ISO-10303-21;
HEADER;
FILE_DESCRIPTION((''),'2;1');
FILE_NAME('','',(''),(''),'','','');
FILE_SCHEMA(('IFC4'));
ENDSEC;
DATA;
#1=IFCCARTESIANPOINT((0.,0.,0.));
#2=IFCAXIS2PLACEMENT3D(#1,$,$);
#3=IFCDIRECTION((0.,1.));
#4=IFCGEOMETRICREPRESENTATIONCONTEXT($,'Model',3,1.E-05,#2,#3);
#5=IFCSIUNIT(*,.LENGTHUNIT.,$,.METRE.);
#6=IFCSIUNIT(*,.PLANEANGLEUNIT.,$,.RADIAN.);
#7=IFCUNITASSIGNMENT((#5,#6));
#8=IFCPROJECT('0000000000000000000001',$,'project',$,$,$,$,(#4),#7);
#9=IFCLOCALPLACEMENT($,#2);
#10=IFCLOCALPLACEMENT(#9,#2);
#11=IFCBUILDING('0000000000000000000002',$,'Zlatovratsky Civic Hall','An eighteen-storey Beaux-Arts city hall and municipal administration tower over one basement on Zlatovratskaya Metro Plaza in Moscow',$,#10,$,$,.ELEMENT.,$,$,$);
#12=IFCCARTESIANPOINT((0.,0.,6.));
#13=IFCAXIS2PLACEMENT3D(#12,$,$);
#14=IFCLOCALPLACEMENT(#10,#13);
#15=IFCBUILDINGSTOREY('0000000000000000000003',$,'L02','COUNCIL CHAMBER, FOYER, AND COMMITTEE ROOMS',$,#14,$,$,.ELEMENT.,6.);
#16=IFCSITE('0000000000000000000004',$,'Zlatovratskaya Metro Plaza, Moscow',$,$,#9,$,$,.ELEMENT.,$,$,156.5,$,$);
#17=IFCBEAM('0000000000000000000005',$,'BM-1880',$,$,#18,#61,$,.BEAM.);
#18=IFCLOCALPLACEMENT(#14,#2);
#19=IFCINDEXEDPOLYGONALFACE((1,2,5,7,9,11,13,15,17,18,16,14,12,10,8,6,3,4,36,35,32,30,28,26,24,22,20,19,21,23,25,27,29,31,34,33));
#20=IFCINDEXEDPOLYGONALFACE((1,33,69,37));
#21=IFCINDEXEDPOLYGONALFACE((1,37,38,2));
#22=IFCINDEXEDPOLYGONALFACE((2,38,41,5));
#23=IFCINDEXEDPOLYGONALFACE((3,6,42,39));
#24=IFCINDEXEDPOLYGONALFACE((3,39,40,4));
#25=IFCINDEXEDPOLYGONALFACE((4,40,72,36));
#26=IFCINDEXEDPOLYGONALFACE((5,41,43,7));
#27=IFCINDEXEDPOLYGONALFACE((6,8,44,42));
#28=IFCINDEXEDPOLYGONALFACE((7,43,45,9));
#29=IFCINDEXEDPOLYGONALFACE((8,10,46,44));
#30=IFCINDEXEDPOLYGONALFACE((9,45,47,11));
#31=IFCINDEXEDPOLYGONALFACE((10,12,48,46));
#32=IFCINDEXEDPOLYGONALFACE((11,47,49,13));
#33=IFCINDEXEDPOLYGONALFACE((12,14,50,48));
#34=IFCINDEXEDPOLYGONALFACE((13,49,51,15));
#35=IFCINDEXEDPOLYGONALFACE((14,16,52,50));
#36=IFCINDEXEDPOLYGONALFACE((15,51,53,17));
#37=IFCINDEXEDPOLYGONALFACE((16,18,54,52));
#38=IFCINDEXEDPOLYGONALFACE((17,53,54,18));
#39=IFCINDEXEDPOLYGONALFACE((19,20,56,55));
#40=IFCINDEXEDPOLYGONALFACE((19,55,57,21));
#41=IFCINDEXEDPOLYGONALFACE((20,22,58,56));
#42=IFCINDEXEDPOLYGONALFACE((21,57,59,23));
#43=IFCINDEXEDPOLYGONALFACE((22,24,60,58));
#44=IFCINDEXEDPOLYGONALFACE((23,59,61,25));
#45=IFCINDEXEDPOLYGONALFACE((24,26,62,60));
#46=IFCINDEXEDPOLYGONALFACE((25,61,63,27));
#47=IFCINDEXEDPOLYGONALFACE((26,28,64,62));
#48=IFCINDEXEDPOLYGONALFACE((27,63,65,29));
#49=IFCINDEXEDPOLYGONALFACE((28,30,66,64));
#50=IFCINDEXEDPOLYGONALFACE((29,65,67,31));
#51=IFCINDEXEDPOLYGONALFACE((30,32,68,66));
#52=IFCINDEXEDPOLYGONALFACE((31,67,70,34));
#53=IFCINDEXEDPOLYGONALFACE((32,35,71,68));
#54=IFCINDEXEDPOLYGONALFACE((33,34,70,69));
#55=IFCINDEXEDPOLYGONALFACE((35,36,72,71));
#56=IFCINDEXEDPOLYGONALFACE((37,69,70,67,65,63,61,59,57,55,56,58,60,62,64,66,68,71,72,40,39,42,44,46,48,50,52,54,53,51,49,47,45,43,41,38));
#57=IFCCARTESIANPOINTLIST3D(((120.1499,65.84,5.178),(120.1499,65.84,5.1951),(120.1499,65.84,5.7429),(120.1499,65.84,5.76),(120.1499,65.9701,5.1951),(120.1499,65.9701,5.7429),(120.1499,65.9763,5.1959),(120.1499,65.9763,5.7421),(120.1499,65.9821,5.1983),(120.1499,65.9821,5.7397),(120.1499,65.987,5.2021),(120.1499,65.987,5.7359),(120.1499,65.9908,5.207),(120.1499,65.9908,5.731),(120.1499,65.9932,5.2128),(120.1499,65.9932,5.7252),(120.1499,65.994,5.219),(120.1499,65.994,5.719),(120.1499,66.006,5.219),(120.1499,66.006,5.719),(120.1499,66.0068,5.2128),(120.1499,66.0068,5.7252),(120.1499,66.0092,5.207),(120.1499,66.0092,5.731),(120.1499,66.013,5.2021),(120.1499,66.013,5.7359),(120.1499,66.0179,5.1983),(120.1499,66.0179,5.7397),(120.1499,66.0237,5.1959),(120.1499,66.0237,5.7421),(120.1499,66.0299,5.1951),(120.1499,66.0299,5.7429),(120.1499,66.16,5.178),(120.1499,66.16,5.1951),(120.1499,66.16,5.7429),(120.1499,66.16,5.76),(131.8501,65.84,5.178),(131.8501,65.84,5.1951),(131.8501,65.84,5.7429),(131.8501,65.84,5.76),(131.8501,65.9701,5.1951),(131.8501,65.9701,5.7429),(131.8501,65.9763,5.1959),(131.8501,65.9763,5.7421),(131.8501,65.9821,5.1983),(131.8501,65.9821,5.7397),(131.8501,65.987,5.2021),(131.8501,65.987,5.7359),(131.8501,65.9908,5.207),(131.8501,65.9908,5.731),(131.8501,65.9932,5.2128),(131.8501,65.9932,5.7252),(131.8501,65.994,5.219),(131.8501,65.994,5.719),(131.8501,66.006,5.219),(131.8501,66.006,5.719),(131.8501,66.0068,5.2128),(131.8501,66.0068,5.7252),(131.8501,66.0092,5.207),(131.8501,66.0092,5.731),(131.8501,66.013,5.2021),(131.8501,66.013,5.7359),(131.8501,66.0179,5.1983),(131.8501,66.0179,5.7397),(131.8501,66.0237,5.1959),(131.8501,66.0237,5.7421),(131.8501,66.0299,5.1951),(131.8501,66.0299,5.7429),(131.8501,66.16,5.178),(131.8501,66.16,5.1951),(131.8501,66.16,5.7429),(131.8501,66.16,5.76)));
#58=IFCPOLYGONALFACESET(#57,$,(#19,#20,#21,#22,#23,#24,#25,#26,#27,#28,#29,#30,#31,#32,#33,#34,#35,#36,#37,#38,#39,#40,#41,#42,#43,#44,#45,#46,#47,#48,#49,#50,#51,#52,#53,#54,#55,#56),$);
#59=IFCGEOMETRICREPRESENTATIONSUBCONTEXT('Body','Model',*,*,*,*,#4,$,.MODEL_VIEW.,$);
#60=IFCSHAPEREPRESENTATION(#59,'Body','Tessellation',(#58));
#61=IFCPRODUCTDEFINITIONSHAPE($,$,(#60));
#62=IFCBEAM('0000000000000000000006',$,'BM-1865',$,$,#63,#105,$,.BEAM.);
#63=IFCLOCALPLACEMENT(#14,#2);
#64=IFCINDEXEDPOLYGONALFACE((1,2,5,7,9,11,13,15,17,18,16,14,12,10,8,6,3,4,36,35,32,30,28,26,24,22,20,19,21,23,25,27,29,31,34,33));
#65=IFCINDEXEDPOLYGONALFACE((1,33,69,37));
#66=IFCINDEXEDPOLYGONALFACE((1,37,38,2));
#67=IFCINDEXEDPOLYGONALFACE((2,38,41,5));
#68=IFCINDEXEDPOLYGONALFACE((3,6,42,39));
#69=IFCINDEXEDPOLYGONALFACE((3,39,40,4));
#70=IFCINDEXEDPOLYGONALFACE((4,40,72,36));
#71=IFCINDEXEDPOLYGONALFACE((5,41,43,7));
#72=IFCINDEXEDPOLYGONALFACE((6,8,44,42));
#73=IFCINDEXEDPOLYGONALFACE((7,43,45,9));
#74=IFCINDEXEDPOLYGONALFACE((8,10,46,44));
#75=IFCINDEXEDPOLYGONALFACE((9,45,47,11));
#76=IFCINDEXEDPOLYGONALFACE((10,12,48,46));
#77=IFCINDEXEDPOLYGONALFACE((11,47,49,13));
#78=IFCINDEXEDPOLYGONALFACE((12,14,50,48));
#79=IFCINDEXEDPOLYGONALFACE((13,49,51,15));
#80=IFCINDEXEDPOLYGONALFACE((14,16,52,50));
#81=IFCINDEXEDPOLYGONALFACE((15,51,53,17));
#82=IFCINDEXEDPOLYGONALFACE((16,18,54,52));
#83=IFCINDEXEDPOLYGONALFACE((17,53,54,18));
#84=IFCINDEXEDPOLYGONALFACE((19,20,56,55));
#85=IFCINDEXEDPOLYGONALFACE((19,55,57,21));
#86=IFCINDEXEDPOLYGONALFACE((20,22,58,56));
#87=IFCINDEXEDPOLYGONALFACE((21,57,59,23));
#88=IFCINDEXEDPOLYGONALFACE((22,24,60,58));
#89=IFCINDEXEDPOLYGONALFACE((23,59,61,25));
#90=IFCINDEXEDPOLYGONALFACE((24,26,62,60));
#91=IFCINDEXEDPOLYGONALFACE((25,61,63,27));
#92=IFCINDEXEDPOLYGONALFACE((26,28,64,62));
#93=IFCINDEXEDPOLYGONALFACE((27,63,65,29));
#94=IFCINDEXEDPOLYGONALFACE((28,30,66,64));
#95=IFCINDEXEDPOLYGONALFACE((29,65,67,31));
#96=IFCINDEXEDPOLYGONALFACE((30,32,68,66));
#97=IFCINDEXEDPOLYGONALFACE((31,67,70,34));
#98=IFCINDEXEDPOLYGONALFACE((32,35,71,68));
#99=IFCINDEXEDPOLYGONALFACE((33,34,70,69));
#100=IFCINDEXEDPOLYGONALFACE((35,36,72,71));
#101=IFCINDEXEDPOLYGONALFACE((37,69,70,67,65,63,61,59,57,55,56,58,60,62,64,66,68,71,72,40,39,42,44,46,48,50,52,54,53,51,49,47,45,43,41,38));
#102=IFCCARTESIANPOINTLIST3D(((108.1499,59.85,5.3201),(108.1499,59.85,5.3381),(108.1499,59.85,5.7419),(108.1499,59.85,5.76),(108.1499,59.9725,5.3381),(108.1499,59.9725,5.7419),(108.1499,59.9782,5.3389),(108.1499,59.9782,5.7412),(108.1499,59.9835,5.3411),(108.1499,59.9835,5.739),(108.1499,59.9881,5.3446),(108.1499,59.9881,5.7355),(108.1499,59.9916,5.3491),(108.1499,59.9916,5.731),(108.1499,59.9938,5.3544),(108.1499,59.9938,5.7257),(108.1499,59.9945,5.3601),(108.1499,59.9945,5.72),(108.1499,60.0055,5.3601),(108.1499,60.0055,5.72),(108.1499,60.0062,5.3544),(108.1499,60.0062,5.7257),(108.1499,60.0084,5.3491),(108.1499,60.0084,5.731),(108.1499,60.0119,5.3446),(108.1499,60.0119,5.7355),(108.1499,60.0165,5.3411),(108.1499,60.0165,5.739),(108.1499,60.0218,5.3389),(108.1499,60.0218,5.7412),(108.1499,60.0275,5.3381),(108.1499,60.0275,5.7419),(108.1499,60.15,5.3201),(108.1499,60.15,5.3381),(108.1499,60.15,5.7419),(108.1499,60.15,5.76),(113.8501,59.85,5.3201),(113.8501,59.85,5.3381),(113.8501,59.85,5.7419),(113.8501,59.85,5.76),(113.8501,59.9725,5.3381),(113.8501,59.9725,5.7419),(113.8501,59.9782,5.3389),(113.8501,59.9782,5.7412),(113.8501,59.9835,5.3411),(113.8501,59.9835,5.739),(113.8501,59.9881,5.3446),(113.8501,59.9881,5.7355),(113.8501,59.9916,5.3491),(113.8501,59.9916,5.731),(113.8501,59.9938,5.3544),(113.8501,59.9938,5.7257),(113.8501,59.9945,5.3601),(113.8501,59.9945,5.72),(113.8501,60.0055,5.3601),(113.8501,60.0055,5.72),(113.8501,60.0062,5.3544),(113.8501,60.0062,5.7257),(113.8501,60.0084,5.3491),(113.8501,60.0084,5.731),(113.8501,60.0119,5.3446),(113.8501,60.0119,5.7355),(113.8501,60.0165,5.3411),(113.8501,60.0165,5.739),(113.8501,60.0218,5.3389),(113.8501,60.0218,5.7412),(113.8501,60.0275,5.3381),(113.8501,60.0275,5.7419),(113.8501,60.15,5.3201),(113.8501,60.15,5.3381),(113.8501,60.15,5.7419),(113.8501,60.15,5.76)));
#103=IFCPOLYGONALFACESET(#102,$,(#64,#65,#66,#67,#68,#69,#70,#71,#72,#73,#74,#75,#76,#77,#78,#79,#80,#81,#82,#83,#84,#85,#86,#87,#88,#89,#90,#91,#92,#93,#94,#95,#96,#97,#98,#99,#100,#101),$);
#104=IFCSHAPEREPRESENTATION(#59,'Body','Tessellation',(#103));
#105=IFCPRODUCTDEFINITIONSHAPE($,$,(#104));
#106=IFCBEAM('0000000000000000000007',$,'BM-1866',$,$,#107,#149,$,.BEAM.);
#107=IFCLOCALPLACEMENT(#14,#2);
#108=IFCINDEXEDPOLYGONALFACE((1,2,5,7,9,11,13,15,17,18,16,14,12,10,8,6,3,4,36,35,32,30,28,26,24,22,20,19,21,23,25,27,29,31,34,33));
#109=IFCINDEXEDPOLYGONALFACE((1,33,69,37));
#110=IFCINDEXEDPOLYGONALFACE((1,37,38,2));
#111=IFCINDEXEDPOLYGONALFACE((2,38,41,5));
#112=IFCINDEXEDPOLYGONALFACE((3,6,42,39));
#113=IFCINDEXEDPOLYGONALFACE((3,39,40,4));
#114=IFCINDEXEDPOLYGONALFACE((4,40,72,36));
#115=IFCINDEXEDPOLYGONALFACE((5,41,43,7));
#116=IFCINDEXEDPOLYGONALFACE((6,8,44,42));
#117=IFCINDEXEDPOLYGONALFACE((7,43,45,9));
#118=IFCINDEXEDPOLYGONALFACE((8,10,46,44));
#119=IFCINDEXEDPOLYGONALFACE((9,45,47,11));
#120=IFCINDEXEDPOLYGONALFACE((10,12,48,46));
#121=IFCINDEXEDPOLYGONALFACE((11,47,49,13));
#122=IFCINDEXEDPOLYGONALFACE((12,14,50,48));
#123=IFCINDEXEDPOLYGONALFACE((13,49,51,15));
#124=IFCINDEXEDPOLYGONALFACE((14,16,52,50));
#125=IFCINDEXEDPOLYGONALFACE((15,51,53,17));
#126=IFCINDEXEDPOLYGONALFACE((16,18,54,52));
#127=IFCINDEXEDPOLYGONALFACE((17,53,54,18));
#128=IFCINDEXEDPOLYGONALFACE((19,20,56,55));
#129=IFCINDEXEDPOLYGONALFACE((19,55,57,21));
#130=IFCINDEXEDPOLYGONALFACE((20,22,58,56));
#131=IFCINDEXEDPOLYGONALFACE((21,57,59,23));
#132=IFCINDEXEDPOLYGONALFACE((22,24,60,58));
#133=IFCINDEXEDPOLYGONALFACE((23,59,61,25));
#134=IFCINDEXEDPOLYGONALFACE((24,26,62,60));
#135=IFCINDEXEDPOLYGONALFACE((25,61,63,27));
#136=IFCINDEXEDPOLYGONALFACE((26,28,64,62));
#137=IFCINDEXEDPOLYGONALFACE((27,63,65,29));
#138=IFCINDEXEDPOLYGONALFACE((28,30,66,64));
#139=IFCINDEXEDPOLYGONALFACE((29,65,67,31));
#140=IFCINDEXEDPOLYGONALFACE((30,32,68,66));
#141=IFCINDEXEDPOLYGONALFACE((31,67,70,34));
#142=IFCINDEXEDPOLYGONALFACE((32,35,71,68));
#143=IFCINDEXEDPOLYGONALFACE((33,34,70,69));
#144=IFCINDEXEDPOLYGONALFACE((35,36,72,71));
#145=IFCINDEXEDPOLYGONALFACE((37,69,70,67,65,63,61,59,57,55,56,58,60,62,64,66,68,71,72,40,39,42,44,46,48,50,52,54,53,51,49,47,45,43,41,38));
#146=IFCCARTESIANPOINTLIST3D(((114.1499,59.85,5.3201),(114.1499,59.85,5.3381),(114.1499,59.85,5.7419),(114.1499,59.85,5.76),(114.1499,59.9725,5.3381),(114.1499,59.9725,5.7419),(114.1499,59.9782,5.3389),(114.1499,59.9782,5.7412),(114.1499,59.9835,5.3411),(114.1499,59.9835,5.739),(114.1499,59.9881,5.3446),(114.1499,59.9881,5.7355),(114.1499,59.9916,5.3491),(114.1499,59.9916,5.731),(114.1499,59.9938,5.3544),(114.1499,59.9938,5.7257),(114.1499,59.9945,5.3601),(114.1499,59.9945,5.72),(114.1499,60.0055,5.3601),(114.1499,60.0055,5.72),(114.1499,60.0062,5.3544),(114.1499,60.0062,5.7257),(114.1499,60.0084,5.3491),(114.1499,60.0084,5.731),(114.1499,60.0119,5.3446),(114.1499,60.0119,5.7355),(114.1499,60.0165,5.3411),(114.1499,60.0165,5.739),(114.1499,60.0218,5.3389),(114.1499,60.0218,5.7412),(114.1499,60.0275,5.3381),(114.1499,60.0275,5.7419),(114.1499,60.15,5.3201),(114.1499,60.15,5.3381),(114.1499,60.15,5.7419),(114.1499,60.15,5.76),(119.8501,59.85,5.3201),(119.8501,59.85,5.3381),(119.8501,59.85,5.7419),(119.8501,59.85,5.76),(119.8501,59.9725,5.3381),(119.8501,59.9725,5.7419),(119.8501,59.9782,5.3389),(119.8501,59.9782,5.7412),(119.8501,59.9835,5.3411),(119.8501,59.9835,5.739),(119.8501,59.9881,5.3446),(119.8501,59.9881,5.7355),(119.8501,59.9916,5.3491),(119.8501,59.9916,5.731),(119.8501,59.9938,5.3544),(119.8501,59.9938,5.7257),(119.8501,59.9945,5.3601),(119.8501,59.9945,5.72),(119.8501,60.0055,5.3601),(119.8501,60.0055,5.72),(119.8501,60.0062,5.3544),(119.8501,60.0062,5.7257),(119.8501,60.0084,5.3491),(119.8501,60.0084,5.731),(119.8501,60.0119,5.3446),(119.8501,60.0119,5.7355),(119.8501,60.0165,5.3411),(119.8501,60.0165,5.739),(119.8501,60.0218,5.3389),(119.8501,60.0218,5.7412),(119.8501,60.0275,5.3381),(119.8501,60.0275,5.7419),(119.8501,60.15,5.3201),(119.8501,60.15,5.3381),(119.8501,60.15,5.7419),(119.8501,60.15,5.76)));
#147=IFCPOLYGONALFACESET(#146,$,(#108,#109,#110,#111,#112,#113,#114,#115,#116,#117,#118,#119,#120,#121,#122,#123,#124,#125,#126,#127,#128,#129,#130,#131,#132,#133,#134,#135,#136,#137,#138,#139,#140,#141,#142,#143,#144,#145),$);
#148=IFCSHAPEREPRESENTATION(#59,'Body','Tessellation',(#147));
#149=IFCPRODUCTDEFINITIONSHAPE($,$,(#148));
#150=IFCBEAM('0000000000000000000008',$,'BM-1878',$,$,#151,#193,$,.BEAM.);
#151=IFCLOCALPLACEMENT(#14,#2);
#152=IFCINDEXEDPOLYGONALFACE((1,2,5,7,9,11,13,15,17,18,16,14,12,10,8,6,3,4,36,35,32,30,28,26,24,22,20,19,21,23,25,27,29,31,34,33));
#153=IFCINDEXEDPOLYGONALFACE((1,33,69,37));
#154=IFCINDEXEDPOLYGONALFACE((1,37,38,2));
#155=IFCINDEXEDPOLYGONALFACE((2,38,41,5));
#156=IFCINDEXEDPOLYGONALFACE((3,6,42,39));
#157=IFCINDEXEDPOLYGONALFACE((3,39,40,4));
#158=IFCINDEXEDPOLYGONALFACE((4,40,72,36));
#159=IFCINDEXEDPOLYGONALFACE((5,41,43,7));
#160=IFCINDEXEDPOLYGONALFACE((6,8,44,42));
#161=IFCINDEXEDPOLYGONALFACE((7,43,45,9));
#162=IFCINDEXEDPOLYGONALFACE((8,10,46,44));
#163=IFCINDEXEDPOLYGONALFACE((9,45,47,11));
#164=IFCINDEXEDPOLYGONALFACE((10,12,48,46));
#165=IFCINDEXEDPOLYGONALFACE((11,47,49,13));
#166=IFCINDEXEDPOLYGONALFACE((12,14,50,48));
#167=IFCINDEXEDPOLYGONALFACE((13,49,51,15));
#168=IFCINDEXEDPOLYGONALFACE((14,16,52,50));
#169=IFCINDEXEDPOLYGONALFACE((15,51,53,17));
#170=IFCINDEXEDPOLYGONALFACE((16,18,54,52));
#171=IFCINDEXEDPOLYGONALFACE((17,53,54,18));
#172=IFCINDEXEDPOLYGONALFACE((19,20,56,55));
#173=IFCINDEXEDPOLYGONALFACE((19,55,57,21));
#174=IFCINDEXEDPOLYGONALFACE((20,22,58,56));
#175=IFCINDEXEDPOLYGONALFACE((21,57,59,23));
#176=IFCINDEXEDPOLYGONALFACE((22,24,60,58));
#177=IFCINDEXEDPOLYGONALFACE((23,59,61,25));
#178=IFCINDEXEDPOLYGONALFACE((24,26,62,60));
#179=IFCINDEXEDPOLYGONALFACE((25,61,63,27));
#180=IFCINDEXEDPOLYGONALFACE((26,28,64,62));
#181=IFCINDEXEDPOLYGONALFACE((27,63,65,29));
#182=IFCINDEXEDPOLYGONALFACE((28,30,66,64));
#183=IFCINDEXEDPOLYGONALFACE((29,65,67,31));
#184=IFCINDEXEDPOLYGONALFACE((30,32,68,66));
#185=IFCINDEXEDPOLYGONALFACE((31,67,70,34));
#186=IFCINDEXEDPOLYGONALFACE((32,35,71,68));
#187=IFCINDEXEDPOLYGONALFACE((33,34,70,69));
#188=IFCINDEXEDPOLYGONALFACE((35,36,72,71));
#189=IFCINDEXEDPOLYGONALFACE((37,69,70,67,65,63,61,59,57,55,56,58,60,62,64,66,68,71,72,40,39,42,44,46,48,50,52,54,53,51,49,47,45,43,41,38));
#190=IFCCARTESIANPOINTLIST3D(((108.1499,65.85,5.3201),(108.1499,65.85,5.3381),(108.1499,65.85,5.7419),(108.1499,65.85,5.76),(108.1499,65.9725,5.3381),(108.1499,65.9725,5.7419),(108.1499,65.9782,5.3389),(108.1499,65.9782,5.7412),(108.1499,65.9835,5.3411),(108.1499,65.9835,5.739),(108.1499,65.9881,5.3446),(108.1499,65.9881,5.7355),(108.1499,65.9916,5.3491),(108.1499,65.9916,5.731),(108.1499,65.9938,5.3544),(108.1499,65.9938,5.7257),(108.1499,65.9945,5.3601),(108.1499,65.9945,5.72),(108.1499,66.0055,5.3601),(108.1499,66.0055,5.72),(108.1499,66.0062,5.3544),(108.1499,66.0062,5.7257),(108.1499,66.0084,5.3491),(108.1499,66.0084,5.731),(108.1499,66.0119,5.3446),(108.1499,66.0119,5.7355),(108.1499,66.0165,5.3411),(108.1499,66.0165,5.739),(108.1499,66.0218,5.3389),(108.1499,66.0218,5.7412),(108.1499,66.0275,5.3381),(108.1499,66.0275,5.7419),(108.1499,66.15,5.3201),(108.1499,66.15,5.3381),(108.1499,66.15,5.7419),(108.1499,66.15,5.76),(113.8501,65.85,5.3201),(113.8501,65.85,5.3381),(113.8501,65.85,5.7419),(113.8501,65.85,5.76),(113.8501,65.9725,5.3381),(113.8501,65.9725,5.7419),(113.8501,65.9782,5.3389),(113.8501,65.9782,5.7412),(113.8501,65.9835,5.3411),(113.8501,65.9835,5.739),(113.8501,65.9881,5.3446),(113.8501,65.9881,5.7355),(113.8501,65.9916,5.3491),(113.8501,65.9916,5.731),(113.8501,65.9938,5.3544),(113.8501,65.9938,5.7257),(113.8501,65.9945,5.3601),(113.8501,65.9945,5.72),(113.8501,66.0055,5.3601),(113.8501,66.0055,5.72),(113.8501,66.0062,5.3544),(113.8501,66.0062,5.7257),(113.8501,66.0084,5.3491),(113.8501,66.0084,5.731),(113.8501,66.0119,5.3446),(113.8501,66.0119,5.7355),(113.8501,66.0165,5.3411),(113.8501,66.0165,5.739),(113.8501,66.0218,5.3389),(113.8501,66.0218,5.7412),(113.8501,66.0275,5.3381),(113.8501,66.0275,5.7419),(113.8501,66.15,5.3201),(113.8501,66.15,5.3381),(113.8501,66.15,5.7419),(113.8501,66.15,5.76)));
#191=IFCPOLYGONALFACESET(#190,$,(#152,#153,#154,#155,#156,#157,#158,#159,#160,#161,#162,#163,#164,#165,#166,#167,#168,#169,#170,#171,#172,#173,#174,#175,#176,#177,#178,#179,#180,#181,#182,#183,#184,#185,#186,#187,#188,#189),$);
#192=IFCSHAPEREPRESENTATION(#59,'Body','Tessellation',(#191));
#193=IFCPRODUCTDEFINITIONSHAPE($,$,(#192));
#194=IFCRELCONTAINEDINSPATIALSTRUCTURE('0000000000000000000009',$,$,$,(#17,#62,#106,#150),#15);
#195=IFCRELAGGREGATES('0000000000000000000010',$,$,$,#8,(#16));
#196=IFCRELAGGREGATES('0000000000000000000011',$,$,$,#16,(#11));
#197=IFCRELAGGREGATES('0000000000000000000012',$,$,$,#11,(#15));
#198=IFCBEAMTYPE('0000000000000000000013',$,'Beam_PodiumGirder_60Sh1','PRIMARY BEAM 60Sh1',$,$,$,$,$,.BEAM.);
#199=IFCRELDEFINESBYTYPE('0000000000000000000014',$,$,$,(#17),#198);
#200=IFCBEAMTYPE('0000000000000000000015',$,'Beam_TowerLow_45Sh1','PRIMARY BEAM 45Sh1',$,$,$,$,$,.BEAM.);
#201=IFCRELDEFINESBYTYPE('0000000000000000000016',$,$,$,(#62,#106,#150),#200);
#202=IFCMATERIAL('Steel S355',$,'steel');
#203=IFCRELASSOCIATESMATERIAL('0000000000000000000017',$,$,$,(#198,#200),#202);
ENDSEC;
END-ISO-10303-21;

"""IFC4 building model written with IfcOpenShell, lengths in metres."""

from ifc_helpers import new_model, si_unit, direction, frame, origin, origin_2d, place, context, subcontext, project, spatial, i_section, extrude, material, material_profile, profile_set, type_object, element, save


model = new_model("IFC4")

# Units and contexts
model_context = context("Model", 3, precision=1e-05, world=origin(), true_north=direction((0.0, 1.0)))
body_context = subcontext(model_context, "Body", "Model", "MODEL_VIEW")
ifc_project = project(units=[si_unit("LENGTHUNIT", "METRE"), si_unit("PLANEANGLEUNIT", "RADIAN")], contexts=[model_context])

# Site, building, storey
site_placement = place(None, origin())
site = spatial("IfcSite", under=ifc_project, at=site_placement, Name="Zlatovratskaya Metro Plaza, Moscow", CompositionType="ELEMENT", RefElevation=156.5)
building_placement = place(site_placement, origin())
building = spatial("IfcBuilding", under=site, at=building_placement, Name="Zlatovratsky Civic Hall", Description="An eighteen-storey Beaux-Arts city hall and municipal administration tower over one basement on Zlatovratskaya Metro Plaza in Moscow", CompositionType="ELEMENT")
storey_placement = place(building_placement, frame((0.0, 0.0, 6.0)))
storey = spatial("IfcBuildingStorey", under=building, at=storey_placement, Name="L02", Description="COUNCIL CHAMBER, FOYER, AND COMMITTEE ROOMS", CompositionType="ELEMENT", Elevation=6.0)

# Shared definitions
ifc_material_1 = material(Name="Steel S355", Category="steel")

# Beams
ifc_material_profile_1 = material_profile(ifc_material_1, i_section(OverallWidth=0.3201, OverallDepth=0.582, WebThickness=0.012, FlangeThickness=0.0171, FilletRadius=0.0239, at=origin_2d()), Name="60Sh1")
ifc_profile_set_1 = profile_set([ifc_material_profile_1], Name="Steel S355")
beam_type_1 = type_object("IfcBeamType", Name="Beam_PodiumGirder_60Sh1", Description="PRIMARY BEAM 60Sh1", PredefinedType="BEAM", material=ifc_profile_set_1)
beam_placement = place(storey_placement, frame((120.1499, 66.0, 5.469), z_axis=(1.0, 0.0, 0.0), x_axis=(0.0, 1.0, 0.0)))
element("IfcBeam", 1, at=beam_placement, inside=storey, type_object=beam_type_1, Name="BM-1880", PredefinedType="BEAM", context=body_context, shape_type="SweptSolid", body=[
    extrude(i_section(OverallWidth=0.3201, OverallDepth=0.582, WebThickness=0.012, FlangeThickness=0.0171, FilletRadius=0.0239, at=origin_2d()), origin(), (0.0, 0.0, 1.0), 11.7002),
])
ifc_material_profile_2 = material_profile(ifc_material_1, i_section(OverallWidth=0.3, OverallDepth=0.4399, WebThickness=0.011, FlangeThickness=0.0181, FilletRadius=0.022, at=origin_2d()), Name="45Sh1")
ifc_profile_set_2 = profile_set([ifc_material_profile_2], Name="Steel S355")
beam_type_2 = type_object("IfcBeamType", Name="Beam_TowerLow_45Sh1", Description="PRIMARY BEAM 45Sh1", PredefinedType="BEAM", material=ifc_profile_set_2)
for number, where, z_axis, x_axis, name in (
    (2, (108.1499, 60.0, 5.54), (1.0, 0.0, 0.0), (0.0, 1.0, 0.0), "BM-1865"),
    (3, (114.1499, 60.0, 5.54), (1.0, 0.0, 0.0), (0.0, 1.0, 0.0), "BM-1866"),
    (4, (108.1499, 66.0, 5.54), (1.0, 0.0, 0.0), (0.0, 1.0, 0.0), "BM-1878"),
):
    element("IfcBeam", number, at=place(storey_placement, frame(where, z_axis=z_axis, x_axis=x_axis)), inside=storey, type_object=beam_type_2, Name=name, PredefinedType="BEAM", context=body_context, shape_type="SweptSolid", body=[
        extrude(i_section(OverallWidth=0.3, OverallDepth=0.4399, WebThickness=0.011, FlangeThickness=0.0181, FilletRadius=0.022, at=origin_2d()), origin(), (0.0, 0.0, 1.0), 5.7002),
    ])

save(model, "model.ifc")
